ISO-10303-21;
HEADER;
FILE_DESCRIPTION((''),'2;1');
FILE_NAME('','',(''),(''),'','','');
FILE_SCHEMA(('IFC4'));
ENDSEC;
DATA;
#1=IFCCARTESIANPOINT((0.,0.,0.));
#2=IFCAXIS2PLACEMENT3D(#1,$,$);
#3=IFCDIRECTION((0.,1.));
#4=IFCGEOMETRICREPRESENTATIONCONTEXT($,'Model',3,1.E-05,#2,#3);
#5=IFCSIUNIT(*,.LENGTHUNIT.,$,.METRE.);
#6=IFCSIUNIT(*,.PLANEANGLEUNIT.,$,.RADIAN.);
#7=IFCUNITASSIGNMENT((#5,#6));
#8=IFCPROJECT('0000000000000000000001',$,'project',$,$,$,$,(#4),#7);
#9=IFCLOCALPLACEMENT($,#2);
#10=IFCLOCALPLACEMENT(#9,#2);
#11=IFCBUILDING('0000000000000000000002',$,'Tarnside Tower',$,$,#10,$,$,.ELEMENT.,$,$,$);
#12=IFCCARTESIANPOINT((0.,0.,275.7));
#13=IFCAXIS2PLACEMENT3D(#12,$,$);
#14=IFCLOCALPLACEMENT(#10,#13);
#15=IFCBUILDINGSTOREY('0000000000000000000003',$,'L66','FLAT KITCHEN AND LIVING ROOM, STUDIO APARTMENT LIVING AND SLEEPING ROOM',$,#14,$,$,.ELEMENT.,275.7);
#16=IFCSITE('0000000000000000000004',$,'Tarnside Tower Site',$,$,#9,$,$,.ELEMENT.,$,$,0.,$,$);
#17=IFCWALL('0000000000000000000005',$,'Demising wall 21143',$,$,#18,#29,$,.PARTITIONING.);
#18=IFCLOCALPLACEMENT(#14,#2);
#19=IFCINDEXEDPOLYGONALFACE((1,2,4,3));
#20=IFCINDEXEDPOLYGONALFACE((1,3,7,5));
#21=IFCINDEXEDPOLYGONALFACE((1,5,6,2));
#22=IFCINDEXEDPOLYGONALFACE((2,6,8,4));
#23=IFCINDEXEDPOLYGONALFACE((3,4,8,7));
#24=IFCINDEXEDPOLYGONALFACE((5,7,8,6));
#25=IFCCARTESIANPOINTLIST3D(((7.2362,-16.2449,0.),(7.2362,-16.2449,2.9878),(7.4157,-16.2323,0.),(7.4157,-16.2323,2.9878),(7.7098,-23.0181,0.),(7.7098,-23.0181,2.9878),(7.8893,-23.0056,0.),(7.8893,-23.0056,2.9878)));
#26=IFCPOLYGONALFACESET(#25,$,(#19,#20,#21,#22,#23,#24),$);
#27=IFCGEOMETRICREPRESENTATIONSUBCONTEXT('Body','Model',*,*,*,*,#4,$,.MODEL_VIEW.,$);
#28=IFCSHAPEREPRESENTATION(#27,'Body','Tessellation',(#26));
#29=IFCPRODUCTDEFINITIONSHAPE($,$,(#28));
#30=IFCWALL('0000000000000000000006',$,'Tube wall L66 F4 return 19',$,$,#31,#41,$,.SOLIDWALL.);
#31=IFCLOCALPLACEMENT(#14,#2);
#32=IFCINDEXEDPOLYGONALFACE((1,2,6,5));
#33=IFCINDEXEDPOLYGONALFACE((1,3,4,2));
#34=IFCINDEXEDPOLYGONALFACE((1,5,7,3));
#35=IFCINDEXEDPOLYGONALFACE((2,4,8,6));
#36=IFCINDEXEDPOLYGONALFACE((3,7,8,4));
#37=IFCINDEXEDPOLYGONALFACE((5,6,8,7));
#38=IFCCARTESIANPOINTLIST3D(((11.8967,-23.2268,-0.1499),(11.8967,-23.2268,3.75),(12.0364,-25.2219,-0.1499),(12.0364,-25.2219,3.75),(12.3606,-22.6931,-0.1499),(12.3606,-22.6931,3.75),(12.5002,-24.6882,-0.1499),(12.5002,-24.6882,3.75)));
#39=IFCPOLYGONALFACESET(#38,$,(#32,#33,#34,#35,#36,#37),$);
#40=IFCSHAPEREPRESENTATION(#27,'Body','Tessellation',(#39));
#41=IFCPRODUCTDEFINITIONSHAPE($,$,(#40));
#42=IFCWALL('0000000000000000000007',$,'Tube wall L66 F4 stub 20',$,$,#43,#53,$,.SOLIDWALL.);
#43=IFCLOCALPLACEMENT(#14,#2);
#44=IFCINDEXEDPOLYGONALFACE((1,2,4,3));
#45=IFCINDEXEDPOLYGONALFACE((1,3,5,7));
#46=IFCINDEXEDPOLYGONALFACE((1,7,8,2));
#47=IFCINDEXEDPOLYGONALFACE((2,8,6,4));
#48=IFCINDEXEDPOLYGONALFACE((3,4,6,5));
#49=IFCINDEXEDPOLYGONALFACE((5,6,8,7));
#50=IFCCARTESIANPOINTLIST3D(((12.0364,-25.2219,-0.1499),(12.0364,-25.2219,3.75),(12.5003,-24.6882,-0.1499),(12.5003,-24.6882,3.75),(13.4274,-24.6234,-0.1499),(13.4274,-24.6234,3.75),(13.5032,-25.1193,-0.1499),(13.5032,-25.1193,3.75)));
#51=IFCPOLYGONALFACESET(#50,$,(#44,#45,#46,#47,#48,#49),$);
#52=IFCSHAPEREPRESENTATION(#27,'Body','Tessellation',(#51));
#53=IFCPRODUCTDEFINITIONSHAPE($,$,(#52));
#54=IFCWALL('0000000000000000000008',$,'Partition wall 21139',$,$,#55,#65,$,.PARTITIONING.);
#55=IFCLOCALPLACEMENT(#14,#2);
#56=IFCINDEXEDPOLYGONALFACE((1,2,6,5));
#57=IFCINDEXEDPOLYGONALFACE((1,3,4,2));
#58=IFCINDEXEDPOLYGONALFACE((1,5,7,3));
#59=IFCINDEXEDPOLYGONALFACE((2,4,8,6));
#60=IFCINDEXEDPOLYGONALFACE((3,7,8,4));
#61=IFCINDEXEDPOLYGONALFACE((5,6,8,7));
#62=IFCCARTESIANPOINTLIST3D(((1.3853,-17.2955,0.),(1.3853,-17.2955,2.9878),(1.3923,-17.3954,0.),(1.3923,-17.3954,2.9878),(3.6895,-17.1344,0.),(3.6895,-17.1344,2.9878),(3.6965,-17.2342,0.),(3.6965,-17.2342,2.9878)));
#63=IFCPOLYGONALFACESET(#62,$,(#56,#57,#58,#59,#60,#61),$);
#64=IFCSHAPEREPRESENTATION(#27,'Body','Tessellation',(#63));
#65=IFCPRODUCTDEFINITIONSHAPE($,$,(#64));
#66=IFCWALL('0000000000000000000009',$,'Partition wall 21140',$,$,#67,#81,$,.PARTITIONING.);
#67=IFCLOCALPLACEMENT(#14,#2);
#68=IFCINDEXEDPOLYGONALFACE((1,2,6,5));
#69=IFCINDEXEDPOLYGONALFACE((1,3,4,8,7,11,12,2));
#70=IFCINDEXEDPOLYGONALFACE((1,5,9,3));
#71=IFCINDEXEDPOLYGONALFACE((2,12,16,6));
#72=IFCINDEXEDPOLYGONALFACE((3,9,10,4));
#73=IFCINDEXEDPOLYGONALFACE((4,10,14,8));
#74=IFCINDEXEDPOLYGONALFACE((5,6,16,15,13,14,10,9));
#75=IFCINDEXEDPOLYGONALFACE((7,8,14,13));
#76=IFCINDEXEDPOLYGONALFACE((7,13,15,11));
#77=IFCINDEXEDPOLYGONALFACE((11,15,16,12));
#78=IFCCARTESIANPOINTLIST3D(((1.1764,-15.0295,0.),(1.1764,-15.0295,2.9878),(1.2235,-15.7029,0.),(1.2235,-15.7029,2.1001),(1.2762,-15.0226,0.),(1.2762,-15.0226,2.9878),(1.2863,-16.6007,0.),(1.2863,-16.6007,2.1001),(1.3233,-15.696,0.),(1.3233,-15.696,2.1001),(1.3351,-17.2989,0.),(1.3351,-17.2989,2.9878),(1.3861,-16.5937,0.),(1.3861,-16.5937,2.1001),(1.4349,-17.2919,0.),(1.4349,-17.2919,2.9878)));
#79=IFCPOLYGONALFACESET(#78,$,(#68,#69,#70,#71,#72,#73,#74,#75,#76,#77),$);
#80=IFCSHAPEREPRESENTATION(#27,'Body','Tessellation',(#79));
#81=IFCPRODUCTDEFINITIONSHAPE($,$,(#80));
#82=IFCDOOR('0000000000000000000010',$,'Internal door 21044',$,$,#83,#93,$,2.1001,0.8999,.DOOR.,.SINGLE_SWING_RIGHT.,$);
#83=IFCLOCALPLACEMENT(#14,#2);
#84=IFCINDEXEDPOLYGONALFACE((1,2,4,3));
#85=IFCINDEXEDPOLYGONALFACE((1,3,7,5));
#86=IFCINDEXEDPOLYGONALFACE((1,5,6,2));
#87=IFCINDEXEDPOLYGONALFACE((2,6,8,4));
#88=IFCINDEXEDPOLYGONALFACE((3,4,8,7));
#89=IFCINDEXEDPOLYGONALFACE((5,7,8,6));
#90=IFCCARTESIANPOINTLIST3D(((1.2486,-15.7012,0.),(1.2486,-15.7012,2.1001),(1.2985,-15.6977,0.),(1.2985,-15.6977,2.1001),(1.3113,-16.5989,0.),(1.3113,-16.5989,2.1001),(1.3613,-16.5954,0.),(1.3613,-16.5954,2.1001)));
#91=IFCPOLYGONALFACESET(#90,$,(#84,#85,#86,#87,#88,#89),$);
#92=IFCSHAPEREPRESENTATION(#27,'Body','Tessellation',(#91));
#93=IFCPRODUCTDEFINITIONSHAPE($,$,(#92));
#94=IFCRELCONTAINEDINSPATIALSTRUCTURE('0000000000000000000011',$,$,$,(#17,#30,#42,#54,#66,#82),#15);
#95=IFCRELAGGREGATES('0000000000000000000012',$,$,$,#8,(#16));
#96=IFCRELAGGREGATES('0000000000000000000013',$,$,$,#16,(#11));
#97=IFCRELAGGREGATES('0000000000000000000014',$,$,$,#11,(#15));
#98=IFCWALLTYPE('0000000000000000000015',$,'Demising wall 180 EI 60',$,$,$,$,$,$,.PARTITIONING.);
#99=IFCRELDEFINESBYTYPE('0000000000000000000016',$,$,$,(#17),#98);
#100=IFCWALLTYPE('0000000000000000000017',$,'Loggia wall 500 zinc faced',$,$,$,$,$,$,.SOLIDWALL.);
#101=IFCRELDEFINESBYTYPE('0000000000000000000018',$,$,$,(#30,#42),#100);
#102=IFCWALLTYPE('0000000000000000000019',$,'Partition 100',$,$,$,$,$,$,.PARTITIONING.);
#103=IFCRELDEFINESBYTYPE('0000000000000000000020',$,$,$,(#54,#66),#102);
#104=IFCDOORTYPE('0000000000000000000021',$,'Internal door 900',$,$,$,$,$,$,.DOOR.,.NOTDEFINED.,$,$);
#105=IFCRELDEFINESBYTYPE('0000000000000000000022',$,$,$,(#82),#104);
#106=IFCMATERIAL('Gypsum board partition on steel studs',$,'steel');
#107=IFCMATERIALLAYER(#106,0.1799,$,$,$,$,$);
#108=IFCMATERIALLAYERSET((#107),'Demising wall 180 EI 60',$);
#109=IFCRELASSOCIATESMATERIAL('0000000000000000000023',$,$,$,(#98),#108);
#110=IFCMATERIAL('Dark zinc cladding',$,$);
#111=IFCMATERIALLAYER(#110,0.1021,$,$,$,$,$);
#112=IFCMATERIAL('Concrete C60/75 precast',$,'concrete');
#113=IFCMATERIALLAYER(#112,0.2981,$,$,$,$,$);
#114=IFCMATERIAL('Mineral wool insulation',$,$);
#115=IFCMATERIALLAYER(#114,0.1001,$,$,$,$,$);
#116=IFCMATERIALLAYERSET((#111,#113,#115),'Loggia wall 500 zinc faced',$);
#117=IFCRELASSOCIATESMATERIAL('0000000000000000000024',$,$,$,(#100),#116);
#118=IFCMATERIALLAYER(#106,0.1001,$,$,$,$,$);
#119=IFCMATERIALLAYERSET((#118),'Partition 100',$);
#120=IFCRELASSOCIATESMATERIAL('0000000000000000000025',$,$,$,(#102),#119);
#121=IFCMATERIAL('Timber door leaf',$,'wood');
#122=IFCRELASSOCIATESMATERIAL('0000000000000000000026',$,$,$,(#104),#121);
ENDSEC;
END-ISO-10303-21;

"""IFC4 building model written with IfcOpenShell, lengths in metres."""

from ifc_helpers import new_model, si_unit, direction, frame, frame_2d, origin, place, context, subcontext, project, spatial, polyline, rectangle, outline, extrude, material, layer, layer_set, type_object, element, fill, save


model = new_model("IFC4")

# Units and contexts
model_context = context("Model", 3, precision=1e-05, world=origin(), true_north=direction((0.0, 1.0)))
body_context = subcontext(model_context, "Body", "Model", "MODEL_VIEW")
ifc_project = project(units=[si_unit("LENGTHUNIT", "METRE"), si_unit("PLANEANGLEUNIT", "RADIAN")], contexts=[model_context])

# Site, building, storey
site_placement = place(None, origin())
site = spatial("IfcSite", under=ifc_project, at=site_placement, Name="Tarnside Tower Site", CompositionType="ELEMENT", RefElevation=0.0)
building_placement = place(site_placement, origin())
building = spatial("IfcBuilding", under=site, at=building_placement, Name="Tarnside Tower", CompositionType="ELEMENT")
storey_placement = place(building_placement, frame((0.0, 0.0, 275.7)))
storey = spatial("IfcBuildingStorey", under=building, at=storey_placement, Name="L66", Description="FLAT KITCHEN AND LIVING ROOM, STUDIO APARTMENT LIVING AND SLEEPING ROOM", CompositionType="ELEMENT", Elevation=275.7)

# Shared definitions
ifc_material_1 = material(Name="Gypsum board partition on steel studs", Category="steel")
ifc_material_2 = material(Name="Timber door leaf", Category="wood")

# Walls
ifc_layer_1 = layer(ifc_material_1, 0.1799)
ifc_layer_set_1 = layer_set([ifc_layer_1], Name="Demising wall 180 EI 60")
wall_type_1 = type_object("IfcWallType", Name="Demising wall 180 EI 60", PredefinedType="PARTITIONING", material=ifc_layer_set_1)
wall_1_placement = place(storey_placement, frame((7.7996, -23.012, 0.0), z_axis=(0.0, 0.0, 1.0), x_axis=(-0.069757, 0.997564, 0.0)))
element("IfcWall", 1, at=wall_1_placement, inside=storey, type_object=wall_type_1, Name="Demising wall 21143", PredefinedType="PARTITIONING", context=body_context, shape_type="SweptSolid", body=[
    extrude(rectangle(XDim=6.7898, YDim=0.1799, at=frame_2d((3.395, 0.0))), origin(), (0.0, 0.0, 1.0), 2.9878),
])
ifc_material_3 = material(Name="Dark zinc cladding")
ifc_layer_2 = layer(ifc_material_3, 0.1021)
ifc_material_4 = material(Name="Concrete C60/75 precast", Category="concrete")
ifc_layer_3 = layer(ifc_material_4, 0.2981)
ifc_material_5 = material(Name="Mineral wool insulation")
ifc_layer_4 = layer(ifc_material_5, 0.1001)
ifc_layer_set_2 = layer_set([ifc_layer_2, ifc_layer_3, ifc_layer_4], Name="Loggia wall 500 zinc faced")
wall_type_2 = type_object("IfcWallType", Name="Loggia wall 500 zinc faced", PredefinedType="SOLIDWALL", material=ifc_layer_set_2)
wall_2_placement = place(storey_placement, frame((12.1287, -22.96, -0.1499), z_axis=(0.0, 0.0, 1.0), x_axis=(0.069824, -0.997559, 0.0)))
element("IfcWall", 2, at=wall_2_placement, inside=storey, type_object=wall_type_2, Name="Tube wall L66 F4 return 19", PredefinedType="SOLIDWALL", context=body_context, shape_type="SweptSolid", body=[
    extrude(outline(polyline([(0.25, -0.25), (2.25, -0.25), (1.75, 0.25), (-0.25, 0.25), (0.25, -0.25)])), origin(), (0.0, 0.0, 1.0), 3.8999),
])
wall_3_placement = place(storey_placement, frame((12.2683, -24.9551, -0.1499), z_axis=(0.0, 0.0, 1.0), x_axis=(0.997562, 0.069787, 0.0)))
element("IfcWall", 3, at=wall_3_placement, inside=storey, type_object=wall_type_2, Name="Tube wall L66 F4 stub 20", PredefinedType="SOLIDWALL", context=body_context, shape_type="SweptSolid", body=[
    extrude(outline(polyline([(-0.25, -0.25), (1.2205, -0.25), (1.1794, 0.25), (0.25, 0.25), (-0.25, -0.25)])), origin(), (0.0, 0.0, 1.0), 3.8999),
])
ifc_layer_5 = layer(ifc_material_1, 0.1001)
ifc_layer_set_3 = layer_set([ifc_layer_5], Name="Partition 100")
wall_type_3 = type_object("IfcWallType", Name="Partition 100", PredefinedType="PARTITIONING", material=ifc_layer_set_3)
wall_4_placement = place(storey_placement, frame((3.6929, -17.1843, 0.0), z_axis=(0.0, 0.0, 1.0), x_axis=(-0.997564, -0.06976, 0.0)))
element("IfcWall", 4, at=wall_4_placement, inside=storey, type_object=wall_type_3, Name="Partition wall 21139", PredefinedType="PARTITIONING", context=body_context, shape_type="SweptSolid", body=[
    extrude(rectangle(XDim=2.3098, YDim=0.1001, at=frame_2d((1.1548, 0.0))), origin(), (0.0, 0.0, 1.0), 2.9878),
])

# Wall, opening, door
wall_5_placement = place(storey_placement, frame((1.385, -17.2954, 0.0), z_axis=(0.0, 0.0, 1.0), x_axis=(-0.06976, 0.997564, 0.0)))
wall_5 = element("IfcWall", 5, at=wall_5_placement, inside=storey, type_object=wall_type_3, Name="Partition wall 21140", PredefinedType="PARTITIONING", context=body_context, shape_type="SweptSolid", body=[
    extrude(rectangle(XDim=2.2749, YDim=0.1001, at=frame_2d((1.1375, 0.0))), origin(), (0.0, 0.0, 1.0), 2.9878),
])
opening_1_placement = place(wall_5_placement, frame((0.7, 0.0, 0.0)))
opening_1 = element("IfcOpeningElement", 6, at=opening_1_placement, cuts=wall_5, PredefinedType="OPENING", context=body_context, shape_type="SweptSolid", body=[
    extrude(rectangle(XDim=0.8999, YDim=2.1001, at=frame_2d((0.45, 1.05))), frame((0.0, 0.0601, 0.0), z_axis=(0.0, -1.0, 0.0), x_axis=(1.0, 0.0, 0.0)), (0.0, 0.0, 1.0), 0.1201),
])
door_type_1 = type_object("IfcDoorType", Name="Internal door 900", OperationType="NOTDEFINED", PredefinedType="DOOR", material=ifc_material_2)
door_1_placement = place(opening_1_placement, origin())
door_1 = element("IfcDoor", 7, at=door_1_placement, inside=storey, type_object=door_type_1, Name="Internal door 21044", OperationType="SINGLE_SWING_RIGHT", OverallHeight=2.1001, OverallWidth=0.8999, PredefinedType="DOOR", context=body_context, shape_type="SweptSolid", body=[
    extrude(rectangle(XDim=0.8999, YDim=2.1001, at=frame_2d((0.45, 1.05))), frame((0.0, 0.0249, 0.0), z_axis=(0.0, -1.0, 0.0), x_axis=(1.0, 0.0, 0.0)), (0.0, 0.0, 1.0), 0.05),
])
fill(opening_1, door_1)

save(model, "model.ifc")
